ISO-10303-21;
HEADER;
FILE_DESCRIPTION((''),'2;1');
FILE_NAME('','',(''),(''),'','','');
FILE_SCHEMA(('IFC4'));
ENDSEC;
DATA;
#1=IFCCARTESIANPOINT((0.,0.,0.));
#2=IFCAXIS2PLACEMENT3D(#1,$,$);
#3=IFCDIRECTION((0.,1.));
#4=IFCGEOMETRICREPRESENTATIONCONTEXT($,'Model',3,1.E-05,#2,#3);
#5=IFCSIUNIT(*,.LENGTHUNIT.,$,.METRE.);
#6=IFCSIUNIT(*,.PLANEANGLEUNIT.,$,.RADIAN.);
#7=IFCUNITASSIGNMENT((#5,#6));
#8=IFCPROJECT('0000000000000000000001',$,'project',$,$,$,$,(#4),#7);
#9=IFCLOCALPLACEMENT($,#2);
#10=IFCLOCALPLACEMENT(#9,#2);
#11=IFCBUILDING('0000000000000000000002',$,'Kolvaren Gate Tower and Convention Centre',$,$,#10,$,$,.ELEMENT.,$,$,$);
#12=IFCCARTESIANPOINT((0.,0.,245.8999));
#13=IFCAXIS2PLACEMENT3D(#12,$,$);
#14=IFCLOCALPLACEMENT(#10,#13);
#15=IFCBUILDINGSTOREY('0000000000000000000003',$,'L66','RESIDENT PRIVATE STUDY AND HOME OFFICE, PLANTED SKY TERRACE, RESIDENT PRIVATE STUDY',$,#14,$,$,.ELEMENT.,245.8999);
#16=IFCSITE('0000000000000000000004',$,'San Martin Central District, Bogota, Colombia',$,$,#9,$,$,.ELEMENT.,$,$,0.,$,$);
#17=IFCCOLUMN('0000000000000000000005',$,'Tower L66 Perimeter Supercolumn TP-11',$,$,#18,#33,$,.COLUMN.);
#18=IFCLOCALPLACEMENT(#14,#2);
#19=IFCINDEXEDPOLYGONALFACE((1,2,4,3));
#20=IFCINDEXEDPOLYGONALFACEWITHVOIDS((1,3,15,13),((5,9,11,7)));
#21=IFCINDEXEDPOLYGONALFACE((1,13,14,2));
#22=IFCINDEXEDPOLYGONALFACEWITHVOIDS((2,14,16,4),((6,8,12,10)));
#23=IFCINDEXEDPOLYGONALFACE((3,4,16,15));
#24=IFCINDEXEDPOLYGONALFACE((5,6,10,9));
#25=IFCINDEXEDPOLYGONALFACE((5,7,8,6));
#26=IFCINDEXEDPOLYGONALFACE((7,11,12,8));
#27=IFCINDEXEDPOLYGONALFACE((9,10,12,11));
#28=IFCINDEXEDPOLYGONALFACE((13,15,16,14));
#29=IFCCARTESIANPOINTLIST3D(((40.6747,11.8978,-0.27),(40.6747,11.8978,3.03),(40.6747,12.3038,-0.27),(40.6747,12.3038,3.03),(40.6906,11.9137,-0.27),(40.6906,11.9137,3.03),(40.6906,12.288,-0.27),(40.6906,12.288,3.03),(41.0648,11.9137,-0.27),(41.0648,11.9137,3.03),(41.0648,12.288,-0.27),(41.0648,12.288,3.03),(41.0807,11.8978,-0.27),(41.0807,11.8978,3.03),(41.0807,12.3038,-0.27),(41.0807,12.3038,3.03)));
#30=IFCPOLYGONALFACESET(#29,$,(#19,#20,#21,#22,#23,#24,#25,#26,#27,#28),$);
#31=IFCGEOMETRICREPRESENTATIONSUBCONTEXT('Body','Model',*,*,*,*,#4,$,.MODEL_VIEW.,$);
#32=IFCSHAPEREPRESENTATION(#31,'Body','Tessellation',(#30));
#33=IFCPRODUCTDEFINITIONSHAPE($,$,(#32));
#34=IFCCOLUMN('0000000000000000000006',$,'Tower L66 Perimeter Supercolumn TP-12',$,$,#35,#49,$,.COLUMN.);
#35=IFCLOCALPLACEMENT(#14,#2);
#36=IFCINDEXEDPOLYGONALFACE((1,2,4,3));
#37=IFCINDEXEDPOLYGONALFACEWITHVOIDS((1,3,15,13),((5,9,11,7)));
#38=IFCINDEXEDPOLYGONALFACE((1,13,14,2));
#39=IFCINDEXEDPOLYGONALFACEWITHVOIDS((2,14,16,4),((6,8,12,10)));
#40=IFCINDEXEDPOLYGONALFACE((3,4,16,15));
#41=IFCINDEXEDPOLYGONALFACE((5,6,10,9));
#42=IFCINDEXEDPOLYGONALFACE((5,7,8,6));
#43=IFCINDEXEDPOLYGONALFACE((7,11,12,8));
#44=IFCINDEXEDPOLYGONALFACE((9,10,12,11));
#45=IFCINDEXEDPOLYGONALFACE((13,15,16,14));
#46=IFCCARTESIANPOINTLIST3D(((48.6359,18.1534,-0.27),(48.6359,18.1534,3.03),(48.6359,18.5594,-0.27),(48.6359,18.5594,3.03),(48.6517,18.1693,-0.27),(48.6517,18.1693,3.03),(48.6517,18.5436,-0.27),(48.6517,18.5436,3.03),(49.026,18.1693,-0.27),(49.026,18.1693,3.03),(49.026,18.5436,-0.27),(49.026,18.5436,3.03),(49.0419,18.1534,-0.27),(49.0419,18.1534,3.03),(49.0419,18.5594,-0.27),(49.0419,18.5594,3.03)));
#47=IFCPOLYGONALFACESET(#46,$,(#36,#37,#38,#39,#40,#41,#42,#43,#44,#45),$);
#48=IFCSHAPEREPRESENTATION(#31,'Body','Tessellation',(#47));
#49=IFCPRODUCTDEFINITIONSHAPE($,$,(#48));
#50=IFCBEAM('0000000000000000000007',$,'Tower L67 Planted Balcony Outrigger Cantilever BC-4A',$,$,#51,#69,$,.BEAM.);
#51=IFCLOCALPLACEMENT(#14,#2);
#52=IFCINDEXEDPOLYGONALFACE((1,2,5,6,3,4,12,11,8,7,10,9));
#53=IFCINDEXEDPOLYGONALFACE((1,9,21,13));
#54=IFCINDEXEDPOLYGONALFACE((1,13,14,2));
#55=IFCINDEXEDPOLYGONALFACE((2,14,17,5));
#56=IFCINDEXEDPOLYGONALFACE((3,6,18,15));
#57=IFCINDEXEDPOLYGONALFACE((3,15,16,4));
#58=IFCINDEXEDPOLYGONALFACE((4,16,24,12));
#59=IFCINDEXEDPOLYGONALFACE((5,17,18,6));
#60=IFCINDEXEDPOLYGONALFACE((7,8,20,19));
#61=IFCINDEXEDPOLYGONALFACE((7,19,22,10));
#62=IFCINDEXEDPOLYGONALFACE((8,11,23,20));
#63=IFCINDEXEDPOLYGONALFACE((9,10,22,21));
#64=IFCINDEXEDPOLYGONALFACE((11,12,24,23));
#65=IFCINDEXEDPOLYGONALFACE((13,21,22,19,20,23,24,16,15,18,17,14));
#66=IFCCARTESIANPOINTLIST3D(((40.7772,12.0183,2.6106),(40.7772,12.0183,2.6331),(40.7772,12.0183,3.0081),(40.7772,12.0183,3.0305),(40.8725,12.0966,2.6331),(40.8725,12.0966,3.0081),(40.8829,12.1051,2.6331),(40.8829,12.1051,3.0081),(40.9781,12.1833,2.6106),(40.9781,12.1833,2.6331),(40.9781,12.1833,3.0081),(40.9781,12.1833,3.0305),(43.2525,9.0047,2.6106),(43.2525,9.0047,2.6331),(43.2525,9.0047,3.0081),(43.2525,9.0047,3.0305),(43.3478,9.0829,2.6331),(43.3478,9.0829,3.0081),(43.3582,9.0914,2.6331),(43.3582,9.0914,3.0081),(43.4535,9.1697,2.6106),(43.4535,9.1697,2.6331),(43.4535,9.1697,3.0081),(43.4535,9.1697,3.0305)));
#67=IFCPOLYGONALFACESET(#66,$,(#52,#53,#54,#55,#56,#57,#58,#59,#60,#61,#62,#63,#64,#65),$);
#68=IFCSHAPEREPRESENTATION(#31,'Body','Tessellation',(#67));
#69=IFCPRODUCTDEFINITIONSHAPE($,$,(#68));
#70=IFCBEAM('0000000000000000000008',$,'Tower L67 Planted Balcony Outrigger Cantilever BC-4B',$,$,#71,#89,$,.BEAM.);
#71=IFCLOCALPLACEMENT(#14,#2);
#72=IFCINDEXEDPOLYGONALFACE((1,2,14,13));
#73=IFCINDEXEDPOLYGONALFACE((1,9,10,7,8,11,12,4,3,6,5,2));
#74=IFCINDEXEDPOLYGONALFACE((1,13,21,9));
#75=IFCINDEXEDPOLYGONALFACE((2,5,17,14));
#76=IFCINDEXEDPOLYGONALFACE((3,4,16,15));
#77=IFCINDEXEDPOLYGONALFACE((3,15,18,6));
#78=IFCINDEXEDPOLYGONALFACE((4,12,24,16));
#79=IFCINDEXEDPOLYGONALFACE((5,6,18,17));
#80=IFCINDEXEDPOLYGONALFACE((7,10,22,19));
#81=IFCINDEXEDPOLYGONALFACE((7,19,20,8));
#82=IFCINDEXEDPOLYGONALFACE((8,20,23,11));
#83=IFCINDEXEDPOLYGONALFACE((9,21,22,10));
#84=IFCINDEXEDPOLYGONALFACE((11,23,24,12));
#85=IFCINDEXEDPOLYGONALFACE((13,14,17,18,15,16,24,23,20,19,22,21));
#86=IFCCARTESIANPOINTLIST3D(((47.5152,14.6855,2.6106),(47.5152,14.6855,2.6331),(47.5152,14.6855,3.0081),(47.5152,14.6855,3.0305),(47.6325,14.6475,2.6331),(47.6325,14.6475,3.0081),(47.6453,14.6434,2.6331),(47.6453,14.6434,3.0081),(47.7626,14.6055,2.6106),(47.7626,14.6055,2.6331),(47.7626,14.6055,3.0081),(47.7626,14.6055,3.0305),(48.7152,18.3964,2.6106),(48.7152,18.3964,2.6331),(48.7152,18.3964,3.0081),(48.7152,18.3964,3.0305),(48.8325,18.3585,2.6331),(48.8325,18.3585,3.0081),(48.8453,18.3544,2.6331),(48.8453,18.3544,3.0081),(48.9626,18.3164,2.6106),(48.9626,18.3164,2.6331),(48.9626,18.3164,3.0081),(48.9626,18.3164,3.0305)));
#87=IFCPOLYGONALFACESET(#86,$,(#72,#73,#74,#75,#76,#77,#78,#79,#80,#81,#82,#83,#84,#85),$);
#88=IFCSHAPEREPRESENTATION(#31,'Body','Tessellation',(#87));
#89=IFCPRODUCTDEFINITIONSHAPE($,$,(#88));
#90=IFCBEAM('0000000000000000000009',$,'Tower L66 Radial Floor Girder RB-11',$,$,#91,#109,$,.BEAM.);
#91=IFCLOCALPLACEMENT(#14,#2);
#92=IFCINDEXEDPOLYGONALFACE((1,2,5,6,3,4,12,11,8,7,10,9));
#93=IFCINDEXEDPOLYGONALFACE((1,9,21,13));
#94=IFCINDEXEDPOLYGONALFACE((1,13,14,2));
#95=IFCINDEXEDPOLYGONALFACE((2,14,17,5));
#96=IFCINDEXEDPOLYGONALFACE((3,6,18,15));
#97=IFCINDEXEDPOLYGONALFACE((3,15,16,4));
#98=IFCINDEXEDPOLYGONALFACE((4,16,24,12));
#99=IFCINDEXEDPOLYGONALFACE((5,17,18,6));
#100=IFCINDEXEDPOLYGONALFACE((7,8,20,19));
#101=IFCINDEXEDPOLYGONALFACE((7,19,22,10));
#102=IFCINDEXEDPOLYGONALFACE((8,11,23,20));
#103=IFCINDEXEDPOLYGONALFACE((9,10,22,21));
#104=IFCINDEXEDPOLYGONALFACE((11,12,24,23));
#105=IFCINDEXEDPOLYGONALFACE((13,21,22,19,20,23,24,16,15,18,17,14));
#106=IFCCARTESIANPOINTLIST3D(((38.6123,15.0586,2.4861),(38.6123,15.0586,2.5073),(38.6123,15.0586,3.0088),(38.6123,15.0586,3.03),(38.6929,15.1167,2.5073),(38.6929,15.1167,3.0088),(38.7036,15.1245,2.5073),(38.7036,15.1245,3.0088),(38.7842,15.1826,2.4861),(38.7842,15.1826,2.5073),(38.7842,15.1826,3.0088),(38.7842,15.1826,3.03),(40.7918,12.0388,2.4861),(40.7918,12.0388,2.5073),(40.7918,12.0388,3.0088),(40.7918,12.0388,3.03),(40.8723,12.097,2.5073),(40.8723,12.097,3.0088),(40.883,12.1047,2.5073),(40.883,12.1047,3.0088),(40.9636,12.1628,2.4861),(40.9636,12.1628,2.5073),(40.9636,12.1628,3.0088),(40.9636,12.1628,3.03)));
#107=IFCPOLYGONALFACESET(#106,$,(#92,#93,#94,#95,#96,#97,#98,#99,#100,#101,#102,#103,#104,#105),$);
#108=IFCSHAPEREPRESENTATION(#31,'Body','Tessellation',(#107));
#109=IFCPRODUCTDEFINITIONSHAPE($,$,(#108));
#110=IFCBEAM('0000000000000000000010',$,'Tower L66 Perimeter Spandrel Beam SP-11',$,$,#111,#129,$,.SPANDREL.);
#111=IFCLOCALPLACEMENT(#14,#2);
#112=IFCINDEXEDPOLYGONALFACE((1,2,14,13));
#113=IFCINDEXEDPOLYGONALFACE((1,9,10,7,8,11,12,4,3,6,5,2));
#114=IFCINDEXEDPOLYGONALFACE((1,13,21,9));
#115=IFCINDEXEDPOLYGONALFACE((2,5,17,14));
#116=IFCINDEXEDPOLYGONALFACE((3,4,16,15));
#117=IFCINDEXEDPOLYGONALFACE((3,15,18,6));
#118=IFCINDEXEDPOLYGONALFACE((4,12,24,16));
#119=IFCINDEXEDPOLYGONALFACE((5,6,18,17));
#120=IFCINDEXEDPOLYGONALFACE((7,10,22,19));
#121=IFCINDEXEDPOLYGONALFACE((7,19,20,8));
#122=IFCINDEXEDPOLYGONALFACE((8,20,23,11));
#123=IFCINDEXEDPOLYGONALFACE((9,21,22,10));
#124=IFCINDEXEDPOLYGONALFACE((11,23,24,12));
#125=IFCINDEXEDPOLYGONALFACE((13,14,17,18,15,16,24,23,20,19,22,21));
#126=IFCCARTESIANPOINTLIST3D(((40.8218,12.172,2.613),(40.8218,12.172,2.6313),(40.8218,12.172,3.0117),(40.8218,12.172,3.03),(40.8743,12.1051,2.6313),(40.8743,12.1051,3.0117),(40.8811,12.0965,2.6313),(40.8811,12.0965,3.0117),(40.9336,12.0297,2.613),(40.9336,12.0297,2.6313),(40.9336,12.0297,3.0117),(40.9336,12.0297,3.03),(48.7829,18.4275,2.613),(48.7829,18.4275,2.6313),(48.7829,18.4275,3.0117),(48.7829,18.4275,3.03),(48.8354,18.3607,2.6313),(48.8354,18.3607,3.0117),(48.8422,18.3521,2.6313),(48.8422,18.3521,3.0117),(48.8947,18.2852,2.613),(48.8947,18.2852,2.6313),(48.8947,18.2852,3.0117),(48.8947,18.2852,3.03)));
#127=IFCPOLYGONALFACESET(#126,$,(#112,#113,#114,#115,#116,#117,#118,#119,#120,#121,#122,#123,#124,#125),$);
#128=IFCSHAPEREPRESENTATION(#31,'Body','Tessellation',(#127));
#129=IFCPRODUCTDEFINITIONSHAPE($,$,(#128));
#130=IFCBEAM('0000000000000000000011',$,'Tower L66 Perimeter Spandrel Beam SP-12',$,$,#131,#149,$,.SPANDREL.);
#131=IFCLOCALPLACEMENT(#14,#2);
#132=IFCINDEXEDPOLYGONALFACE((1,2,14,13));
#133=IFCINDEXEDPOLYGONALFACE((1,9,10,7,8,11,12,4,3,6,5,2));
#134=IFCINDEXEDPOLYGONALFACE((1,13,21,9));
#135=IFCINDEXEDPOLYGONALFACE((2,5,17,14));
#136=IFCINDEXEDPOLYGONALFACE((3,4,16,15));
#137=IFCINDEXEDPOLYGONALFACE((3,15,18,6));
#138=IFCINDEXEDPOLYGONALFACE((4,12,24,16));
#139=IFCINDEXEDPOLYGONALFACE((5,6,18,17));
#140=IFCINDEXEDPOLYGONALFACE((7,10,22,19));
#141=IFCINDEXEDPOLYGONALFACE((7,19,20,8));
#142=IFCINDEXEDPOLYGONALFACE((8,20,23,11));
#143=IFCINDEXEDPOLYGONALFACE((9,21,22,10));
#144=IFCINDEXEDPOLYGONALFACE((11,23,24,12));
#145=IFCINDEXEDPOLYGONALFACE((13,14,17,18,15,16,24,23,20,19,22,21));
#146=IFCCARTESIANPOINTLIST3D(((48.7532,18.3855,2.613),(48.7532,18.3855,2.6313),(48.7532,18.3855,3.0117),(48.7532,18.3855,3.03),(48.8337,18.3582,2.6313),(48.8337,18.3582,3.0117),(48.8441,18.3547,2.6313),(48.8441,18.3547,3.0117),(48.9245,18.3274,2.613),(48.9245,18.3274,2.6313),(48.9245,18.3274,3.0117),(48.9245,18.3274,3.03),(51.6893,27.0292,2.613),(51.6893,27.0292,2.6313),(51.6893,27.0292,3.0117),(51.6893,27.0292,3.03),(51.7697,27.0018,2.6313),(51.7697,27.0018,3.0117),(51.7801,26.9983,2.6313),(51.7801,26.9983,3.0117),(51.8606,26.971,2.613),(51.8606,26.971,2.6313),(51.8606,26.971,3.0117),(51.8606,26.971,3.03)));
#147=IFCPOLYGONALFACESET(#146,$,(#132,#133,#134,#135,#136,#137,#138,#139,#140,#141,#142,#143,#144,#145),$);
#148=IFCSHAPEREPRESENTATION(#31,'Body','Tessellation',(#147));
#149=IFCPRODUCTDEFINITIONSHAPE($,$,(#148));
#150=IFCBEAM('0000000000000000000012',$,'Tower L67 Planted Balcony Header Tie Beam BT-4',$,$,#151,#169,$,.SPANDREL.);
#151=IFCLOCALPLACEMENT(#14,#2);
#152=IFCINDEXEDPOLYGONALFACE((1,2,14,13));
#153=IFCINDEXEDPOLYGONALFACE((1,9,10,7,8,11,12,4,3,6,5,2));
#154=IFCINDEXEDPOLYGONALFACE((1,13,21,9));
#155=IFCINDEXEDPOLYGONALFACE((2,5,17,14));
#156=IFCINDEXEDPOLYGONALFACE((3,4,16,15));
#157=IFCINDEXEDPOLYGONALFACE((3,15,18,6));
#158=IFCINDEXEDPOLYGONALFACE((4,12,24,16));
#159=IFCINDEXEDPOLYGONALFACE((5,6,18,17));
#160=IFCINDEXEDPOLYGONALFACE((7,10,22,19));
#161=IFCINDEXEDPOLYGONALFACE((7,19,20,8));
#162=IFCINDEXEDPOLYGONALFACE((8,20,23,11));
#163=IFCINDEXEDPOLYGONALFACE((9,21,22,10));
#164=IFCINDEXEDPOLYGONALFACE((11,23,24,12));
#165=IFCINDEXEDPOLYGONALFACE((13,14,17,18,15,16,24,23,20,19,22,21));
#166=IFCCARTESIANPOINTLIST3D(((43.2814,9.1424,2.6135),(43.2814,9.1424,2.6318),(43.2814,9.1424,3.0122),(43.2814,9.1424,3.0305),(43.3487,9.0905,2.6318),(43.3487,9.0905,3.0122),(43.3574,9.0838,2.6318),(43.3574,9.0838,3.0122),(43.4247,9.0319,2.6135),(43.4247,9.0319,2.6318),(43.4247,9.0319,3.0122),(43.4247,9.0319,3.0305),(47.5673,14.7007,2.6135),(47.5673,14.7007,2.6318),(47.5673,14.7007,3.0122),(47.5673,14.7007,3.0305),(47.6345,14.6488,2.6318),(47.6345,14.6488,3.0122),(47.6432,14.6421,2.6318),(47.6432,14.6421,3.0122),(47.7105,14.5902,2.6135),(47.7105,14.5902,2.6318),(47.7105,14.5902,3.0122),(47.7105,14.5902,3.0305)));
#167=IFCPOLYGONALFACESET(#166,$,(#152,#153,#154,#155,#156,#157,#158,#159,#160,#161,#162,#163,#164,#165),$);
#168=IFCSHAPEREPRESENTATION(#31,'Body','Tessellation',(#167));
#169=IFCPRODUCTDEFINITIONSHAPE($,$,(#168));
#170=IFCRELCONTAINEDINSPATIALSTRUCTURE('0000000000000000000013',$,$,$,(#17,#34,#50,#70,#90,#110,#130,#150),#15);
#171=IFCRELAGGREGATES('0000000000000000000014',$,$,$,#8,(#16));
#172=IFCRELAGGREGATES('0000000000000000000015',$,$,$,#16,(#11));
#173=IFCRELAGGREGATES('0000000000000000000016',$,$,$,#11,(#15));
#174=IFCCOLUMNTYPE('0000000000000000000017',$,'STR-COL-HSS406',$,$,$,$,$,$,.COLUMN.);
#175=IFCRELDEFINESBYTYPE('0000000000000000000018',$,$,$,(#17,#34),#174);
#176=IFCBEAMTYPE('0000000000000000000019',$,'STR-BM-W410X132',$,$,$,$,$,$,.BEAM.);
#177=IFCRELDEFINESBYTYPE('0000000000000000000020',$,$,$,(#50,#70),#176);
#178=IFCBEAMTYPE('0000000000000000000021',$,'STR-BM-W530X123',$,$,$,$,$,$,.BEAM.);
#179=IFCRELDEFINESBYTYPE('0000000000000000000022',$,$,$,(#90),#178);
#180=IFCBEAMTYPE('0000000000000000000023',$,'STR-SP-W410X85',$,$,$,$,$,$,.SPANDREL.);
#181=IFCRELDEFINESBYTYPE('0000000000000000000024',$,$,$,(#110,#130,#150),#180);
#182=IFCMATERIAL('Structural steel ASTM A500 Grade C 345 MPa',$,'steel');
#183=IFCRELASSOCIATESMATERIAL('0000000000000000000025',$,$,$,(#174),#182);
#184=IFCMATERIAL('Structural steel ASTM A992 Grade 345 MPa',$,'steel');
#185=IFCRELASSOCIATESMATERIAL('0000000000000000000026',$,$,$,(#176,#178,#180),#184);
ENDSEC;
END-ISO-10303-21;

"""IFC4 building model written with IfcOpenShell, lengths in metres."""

from ifc_helpers import new_model, si_unit, direction, frame, origin, origin_2d, place, context, subcontext, project, spatial, hollow_rectangle, i_section, extrude, material, material_profile, profile_set, type_object, element, save


model = new_model("IFC4")

# Units and contexts
model_context = context("Model", 3, precision=1e-05, world=origin(), true_north=direction((0.0, 1.0)))
body_context = subcontext(model_context, "Body", "Model", "MODEL_VIEW")
ifc_project = project(units=[si_unit("LENGTHUNIT", "METRE"), si_unit("PLANEANGLEUNIT", "RADIAN")], contexts=[model_context])

# Site, building, storey
site_placement = place(None, origin())
site = spatial("IfcSite", under=ifc_project, at=site_placement, Name="San Martin Central District, Bogota, Colombia", CompositionType="ELEMENT", RefElevation=0.0)
building_placement = place(site_placement, origin())
building = spatial("IfcBuilding", under=site, at=building_placement, Name="Kolvaren Gate Tower and Convention Centre", CompositionType="ELEMENT")
storey_placement = place(building_placement, frame((0.0, 0.0, 245.8999)))
storey = spatial("IfcBuildingStorey", under=building, at=storey_placement, Name="L66", Description="RESIDENT PRIVATE STUDY AND HOME OFFICE, PLANTED SKY TERRACE, RESIDENT PRIVATE STUDY", CompositionType="ELEMENT", Elevation=245.8999)

# Columns
ifc_material_1 = material(Name="Structural steel ASTM A500 Grade C 345 MPa", Category="steel")
ifc_material_profile_1 = material_profile(ifc_material_1, hollow_rectangle(XDim=0.406, YDim=0.406, WallThickness=0.0159, at=origin_2d()), Name="HSS406X406X15.9")
ifc_profile_set_1 = profile_set([ifc_material_profile_1], Name="Structural steel ASTM A500 Grade C 345 MPa")
column_type = type_object("IfcColumnType", Name="STR-COL-HSS406", PredefinedType="COLUMN", material=ifc_profile_set_1)
for number, where, z_axis, x_axis, name in (
    (1, (40.8777, 12.1008, -0.27), (0.0, 0.0, 1.0), (1.0, 0.0, 0.0), "Tower L66 Perimeter Supercolumn TP-11"),
    (2, (48.8389, 18.3564, -0.27), (0.0, 0.0, 1.0), (1.0, 0.0, 0.0), "Tower L66 Perimeter Supercolumn TP-12"),
):
    element("IfcColumn", number, at=place(storey_placement, frame(where, z_axis=z_axis, x_axis=x_axis)), inside=storey, type_object=column_type, Name=name, PredefinedType="COLUMN", context=body_context, shape_type="SweptSolid", body=[
        extrude(hollow_rectangle(XDim=0.406, YDim=0.406, WallThickness=0.0159, at=origin_2d()), origin(), (0.0, 0.0, 1.0), 3.3),
    ])

# Beams
ifc_material_2 = material(Name="Structural steel ASTM A992 Grade 345 MPa", Category="steel")
ifc_material_profile_2 = material_profile(ifc_material_2, i_section(OverallWidth=0.26, OverallDepth=0.4199, WebThickness=0.0134, FlangeThickness=0.0225, at=origin_2d()), Name="W410X132")
ifc_profile_set_2 = profile_set([ifc_material_profile_2], Name="Structural steel ASTM A992 Grade 345 MPa")
beam_type_1 = type_object("IfcBeamType", Name="STR-BM-W410X132", PredefinedType="BEAM", material=ifc_profile_set_2)
beam_1_placement = place(storey_placement, frame((40.8777, 12.1008, 2.8206), z_axis=(0.634713, -0.772748, 0.0), x_axis=(0.772748, 0.634713, 0.0)))
element("IfcBeam", 3, at=beam_1_placement, inside=storey, type_object=beam_type_1, Name="Tower L67 Planted Balcony Outrigger Cantilever BC-4A", PredefinedType="BEAM", context=body_context, shape_type="SweptSolid", body=[
    extrude(i_section(OverallWidth=0.26, OverallDepth=0.4199, WebThickness=0.0134, FlangeThickness=0.0225, at=origin_2d()), origin(), (0.0, 0.0, 1.0), 3.8999),
])
beam_2_placement = place(storey_placement, frame((48.8389, 18.3564, 2.8206), z_axis=(-0.30767, -0.951493, 0.0), x_axis=(0.951493, -0.30767, 0.0)))
element("IfcBeam", 4, at=beam_2_placement, inside=storey, type_object=beam_type_1, Name="Tower L67 Planted Balcony Outrigger Cantilever BC-4B", PredefinedType="BEAM", context=body_context, shape_type="SweptSolid", body=[
    extrude(i_section(OverallWidth=0.26, OverallDepth=0.4199, WebThickness=0.0134, FlangeThickness=0.0225, at=origin_2d()), origin(), (0.0, 0.0, 1.0), 3.9001),
])
ifc_material_profile_3 = material_profile(ifc_material_2, i_section(OverallWidth=0.2119, OverallDepth=0.5439, WebThickness=0.0132, FlangeThickness=0.0212, at=origin_2d()), Name="W530X123")
ifc_profile_set_3 = profile_set([ifc_material_profile_3], Name="Structural steel ASTM A992 Grade 345 MPa")
beam_type_2 = type_object("IfcBeamType", Name="STR-BM-W530X123", PredefinedType="BEAM", material=ifc_profile_set_3)
beam_3_placement = place(storey_placement, frame((38.6982, 15.1206, 2.7581), z_axis=(0.585225, -0.810871, 0.0), x_axis=(0.810871, 0.585225, 0.0)))
element("IfcBeam", 5, at=beam_3_placement, inside=storey, type_object=beam_type_2, Name="Tower L66 Radial Floor Girder RB-11", PredefinedType="BEAM", context=body_context, shape_type="SweptSolid", body=[
    extrude(i_section(OverallWidth=0.2119, OverallDepth=0.5439, WebThickness=0.0132, FlangeThickness=0.0212, at=origin_2d()), origin(), (0.0, 0.0, 1.0), 3.7241),
])
ifc_material_profile_4 = material_profile(ifc_material_2, i_section(OverallWidth=0.1809, OverallDepth=0.417, WebThickness=0.011, FlangeThickness=0.0183, at=origin_2d()), Name="W410X85")
ifc_profile_set_4 = profile_set([ifc_material_profile_4], Name="Structural steel ASTM A992 Grade 345 MPa")
beam_type_3 = type_object("IfcBeamType", Name="STR-SP-W410X85", PredefinedType="SPANDREL", material=ifc_profile_set_4)
beam_4_placement = place(storey_placement, frame((40.8777, 12.1008, 2.8215), z_axis=(0.786299, 0.617846, 0.0), x_axis=(-0.617846, 0.786299, 0.0)))
element("IfcBeam", 6, at=beam_4_placement, inside=storey, type_object=beam_type_3, Name="Tower L66 Perimeter Spandrel Beam SP-11", PredefinedType="SPANDREL", context=body_context, shape_type="SweptSolid", body=[
    extrude(i_section(OverallWidth=0.1809, OverallDepth=0.417, WebThickness=0.011, FlangeThickness=0.0183, at=origin_2d()), origin(), (0.0, 0.0, 1.0), 10.1248),
])
beam_5_placement = place(storey_placement, frame((48.8389, 18.3564, 2.8215), z_axis=(0.32163, 0.946865, 0.0), x_axis=(-0.946865, 0.32163, 0.0)))
element("IfcBeam", 7, at=beam_5_placement, inside=storey, type_object=beam_type_3, Name="Tower L66 Perimeter Spandrel Beam SP-12", PredefinedType="SPANDREL", context=body_context, shape_type="SweptSolid", body=[
    extrude(i_section(OverallWidth=0.1809, OverallDepth=0.417, WebThickness=0.011, FlangeThickness=0.0183, at=origin_2d()), origin(), (0.0, 0.0, 1.0), 9.1287),
])
beam_6_placement = place(storey_placement, frame((43.353, 9.0872, 2.822), z_axis=(0.610626, 0.791919, 0.0), x_axis=(-0.791919, 0.610626, 0.0)))
element("IfcBeam", 8, at=beam_6_placement, inside=storey, type_object=beam_type_3, Name="Tower L67 Planted Balcony Header Tie Beam BT-4", PredefinedType="SPANDREL", context=body_context, shape_type="SweptSolid", body=[
    extrude(i_section(OverallWidth=0.1809, OverallDepth=0.417, WebThickness=0.011, FlangeThickness=0.0183, at=origin_2d()), origin(), (0.0, 0.0, 1.0), 7.0188),
])

save(model, "model.ifc")
